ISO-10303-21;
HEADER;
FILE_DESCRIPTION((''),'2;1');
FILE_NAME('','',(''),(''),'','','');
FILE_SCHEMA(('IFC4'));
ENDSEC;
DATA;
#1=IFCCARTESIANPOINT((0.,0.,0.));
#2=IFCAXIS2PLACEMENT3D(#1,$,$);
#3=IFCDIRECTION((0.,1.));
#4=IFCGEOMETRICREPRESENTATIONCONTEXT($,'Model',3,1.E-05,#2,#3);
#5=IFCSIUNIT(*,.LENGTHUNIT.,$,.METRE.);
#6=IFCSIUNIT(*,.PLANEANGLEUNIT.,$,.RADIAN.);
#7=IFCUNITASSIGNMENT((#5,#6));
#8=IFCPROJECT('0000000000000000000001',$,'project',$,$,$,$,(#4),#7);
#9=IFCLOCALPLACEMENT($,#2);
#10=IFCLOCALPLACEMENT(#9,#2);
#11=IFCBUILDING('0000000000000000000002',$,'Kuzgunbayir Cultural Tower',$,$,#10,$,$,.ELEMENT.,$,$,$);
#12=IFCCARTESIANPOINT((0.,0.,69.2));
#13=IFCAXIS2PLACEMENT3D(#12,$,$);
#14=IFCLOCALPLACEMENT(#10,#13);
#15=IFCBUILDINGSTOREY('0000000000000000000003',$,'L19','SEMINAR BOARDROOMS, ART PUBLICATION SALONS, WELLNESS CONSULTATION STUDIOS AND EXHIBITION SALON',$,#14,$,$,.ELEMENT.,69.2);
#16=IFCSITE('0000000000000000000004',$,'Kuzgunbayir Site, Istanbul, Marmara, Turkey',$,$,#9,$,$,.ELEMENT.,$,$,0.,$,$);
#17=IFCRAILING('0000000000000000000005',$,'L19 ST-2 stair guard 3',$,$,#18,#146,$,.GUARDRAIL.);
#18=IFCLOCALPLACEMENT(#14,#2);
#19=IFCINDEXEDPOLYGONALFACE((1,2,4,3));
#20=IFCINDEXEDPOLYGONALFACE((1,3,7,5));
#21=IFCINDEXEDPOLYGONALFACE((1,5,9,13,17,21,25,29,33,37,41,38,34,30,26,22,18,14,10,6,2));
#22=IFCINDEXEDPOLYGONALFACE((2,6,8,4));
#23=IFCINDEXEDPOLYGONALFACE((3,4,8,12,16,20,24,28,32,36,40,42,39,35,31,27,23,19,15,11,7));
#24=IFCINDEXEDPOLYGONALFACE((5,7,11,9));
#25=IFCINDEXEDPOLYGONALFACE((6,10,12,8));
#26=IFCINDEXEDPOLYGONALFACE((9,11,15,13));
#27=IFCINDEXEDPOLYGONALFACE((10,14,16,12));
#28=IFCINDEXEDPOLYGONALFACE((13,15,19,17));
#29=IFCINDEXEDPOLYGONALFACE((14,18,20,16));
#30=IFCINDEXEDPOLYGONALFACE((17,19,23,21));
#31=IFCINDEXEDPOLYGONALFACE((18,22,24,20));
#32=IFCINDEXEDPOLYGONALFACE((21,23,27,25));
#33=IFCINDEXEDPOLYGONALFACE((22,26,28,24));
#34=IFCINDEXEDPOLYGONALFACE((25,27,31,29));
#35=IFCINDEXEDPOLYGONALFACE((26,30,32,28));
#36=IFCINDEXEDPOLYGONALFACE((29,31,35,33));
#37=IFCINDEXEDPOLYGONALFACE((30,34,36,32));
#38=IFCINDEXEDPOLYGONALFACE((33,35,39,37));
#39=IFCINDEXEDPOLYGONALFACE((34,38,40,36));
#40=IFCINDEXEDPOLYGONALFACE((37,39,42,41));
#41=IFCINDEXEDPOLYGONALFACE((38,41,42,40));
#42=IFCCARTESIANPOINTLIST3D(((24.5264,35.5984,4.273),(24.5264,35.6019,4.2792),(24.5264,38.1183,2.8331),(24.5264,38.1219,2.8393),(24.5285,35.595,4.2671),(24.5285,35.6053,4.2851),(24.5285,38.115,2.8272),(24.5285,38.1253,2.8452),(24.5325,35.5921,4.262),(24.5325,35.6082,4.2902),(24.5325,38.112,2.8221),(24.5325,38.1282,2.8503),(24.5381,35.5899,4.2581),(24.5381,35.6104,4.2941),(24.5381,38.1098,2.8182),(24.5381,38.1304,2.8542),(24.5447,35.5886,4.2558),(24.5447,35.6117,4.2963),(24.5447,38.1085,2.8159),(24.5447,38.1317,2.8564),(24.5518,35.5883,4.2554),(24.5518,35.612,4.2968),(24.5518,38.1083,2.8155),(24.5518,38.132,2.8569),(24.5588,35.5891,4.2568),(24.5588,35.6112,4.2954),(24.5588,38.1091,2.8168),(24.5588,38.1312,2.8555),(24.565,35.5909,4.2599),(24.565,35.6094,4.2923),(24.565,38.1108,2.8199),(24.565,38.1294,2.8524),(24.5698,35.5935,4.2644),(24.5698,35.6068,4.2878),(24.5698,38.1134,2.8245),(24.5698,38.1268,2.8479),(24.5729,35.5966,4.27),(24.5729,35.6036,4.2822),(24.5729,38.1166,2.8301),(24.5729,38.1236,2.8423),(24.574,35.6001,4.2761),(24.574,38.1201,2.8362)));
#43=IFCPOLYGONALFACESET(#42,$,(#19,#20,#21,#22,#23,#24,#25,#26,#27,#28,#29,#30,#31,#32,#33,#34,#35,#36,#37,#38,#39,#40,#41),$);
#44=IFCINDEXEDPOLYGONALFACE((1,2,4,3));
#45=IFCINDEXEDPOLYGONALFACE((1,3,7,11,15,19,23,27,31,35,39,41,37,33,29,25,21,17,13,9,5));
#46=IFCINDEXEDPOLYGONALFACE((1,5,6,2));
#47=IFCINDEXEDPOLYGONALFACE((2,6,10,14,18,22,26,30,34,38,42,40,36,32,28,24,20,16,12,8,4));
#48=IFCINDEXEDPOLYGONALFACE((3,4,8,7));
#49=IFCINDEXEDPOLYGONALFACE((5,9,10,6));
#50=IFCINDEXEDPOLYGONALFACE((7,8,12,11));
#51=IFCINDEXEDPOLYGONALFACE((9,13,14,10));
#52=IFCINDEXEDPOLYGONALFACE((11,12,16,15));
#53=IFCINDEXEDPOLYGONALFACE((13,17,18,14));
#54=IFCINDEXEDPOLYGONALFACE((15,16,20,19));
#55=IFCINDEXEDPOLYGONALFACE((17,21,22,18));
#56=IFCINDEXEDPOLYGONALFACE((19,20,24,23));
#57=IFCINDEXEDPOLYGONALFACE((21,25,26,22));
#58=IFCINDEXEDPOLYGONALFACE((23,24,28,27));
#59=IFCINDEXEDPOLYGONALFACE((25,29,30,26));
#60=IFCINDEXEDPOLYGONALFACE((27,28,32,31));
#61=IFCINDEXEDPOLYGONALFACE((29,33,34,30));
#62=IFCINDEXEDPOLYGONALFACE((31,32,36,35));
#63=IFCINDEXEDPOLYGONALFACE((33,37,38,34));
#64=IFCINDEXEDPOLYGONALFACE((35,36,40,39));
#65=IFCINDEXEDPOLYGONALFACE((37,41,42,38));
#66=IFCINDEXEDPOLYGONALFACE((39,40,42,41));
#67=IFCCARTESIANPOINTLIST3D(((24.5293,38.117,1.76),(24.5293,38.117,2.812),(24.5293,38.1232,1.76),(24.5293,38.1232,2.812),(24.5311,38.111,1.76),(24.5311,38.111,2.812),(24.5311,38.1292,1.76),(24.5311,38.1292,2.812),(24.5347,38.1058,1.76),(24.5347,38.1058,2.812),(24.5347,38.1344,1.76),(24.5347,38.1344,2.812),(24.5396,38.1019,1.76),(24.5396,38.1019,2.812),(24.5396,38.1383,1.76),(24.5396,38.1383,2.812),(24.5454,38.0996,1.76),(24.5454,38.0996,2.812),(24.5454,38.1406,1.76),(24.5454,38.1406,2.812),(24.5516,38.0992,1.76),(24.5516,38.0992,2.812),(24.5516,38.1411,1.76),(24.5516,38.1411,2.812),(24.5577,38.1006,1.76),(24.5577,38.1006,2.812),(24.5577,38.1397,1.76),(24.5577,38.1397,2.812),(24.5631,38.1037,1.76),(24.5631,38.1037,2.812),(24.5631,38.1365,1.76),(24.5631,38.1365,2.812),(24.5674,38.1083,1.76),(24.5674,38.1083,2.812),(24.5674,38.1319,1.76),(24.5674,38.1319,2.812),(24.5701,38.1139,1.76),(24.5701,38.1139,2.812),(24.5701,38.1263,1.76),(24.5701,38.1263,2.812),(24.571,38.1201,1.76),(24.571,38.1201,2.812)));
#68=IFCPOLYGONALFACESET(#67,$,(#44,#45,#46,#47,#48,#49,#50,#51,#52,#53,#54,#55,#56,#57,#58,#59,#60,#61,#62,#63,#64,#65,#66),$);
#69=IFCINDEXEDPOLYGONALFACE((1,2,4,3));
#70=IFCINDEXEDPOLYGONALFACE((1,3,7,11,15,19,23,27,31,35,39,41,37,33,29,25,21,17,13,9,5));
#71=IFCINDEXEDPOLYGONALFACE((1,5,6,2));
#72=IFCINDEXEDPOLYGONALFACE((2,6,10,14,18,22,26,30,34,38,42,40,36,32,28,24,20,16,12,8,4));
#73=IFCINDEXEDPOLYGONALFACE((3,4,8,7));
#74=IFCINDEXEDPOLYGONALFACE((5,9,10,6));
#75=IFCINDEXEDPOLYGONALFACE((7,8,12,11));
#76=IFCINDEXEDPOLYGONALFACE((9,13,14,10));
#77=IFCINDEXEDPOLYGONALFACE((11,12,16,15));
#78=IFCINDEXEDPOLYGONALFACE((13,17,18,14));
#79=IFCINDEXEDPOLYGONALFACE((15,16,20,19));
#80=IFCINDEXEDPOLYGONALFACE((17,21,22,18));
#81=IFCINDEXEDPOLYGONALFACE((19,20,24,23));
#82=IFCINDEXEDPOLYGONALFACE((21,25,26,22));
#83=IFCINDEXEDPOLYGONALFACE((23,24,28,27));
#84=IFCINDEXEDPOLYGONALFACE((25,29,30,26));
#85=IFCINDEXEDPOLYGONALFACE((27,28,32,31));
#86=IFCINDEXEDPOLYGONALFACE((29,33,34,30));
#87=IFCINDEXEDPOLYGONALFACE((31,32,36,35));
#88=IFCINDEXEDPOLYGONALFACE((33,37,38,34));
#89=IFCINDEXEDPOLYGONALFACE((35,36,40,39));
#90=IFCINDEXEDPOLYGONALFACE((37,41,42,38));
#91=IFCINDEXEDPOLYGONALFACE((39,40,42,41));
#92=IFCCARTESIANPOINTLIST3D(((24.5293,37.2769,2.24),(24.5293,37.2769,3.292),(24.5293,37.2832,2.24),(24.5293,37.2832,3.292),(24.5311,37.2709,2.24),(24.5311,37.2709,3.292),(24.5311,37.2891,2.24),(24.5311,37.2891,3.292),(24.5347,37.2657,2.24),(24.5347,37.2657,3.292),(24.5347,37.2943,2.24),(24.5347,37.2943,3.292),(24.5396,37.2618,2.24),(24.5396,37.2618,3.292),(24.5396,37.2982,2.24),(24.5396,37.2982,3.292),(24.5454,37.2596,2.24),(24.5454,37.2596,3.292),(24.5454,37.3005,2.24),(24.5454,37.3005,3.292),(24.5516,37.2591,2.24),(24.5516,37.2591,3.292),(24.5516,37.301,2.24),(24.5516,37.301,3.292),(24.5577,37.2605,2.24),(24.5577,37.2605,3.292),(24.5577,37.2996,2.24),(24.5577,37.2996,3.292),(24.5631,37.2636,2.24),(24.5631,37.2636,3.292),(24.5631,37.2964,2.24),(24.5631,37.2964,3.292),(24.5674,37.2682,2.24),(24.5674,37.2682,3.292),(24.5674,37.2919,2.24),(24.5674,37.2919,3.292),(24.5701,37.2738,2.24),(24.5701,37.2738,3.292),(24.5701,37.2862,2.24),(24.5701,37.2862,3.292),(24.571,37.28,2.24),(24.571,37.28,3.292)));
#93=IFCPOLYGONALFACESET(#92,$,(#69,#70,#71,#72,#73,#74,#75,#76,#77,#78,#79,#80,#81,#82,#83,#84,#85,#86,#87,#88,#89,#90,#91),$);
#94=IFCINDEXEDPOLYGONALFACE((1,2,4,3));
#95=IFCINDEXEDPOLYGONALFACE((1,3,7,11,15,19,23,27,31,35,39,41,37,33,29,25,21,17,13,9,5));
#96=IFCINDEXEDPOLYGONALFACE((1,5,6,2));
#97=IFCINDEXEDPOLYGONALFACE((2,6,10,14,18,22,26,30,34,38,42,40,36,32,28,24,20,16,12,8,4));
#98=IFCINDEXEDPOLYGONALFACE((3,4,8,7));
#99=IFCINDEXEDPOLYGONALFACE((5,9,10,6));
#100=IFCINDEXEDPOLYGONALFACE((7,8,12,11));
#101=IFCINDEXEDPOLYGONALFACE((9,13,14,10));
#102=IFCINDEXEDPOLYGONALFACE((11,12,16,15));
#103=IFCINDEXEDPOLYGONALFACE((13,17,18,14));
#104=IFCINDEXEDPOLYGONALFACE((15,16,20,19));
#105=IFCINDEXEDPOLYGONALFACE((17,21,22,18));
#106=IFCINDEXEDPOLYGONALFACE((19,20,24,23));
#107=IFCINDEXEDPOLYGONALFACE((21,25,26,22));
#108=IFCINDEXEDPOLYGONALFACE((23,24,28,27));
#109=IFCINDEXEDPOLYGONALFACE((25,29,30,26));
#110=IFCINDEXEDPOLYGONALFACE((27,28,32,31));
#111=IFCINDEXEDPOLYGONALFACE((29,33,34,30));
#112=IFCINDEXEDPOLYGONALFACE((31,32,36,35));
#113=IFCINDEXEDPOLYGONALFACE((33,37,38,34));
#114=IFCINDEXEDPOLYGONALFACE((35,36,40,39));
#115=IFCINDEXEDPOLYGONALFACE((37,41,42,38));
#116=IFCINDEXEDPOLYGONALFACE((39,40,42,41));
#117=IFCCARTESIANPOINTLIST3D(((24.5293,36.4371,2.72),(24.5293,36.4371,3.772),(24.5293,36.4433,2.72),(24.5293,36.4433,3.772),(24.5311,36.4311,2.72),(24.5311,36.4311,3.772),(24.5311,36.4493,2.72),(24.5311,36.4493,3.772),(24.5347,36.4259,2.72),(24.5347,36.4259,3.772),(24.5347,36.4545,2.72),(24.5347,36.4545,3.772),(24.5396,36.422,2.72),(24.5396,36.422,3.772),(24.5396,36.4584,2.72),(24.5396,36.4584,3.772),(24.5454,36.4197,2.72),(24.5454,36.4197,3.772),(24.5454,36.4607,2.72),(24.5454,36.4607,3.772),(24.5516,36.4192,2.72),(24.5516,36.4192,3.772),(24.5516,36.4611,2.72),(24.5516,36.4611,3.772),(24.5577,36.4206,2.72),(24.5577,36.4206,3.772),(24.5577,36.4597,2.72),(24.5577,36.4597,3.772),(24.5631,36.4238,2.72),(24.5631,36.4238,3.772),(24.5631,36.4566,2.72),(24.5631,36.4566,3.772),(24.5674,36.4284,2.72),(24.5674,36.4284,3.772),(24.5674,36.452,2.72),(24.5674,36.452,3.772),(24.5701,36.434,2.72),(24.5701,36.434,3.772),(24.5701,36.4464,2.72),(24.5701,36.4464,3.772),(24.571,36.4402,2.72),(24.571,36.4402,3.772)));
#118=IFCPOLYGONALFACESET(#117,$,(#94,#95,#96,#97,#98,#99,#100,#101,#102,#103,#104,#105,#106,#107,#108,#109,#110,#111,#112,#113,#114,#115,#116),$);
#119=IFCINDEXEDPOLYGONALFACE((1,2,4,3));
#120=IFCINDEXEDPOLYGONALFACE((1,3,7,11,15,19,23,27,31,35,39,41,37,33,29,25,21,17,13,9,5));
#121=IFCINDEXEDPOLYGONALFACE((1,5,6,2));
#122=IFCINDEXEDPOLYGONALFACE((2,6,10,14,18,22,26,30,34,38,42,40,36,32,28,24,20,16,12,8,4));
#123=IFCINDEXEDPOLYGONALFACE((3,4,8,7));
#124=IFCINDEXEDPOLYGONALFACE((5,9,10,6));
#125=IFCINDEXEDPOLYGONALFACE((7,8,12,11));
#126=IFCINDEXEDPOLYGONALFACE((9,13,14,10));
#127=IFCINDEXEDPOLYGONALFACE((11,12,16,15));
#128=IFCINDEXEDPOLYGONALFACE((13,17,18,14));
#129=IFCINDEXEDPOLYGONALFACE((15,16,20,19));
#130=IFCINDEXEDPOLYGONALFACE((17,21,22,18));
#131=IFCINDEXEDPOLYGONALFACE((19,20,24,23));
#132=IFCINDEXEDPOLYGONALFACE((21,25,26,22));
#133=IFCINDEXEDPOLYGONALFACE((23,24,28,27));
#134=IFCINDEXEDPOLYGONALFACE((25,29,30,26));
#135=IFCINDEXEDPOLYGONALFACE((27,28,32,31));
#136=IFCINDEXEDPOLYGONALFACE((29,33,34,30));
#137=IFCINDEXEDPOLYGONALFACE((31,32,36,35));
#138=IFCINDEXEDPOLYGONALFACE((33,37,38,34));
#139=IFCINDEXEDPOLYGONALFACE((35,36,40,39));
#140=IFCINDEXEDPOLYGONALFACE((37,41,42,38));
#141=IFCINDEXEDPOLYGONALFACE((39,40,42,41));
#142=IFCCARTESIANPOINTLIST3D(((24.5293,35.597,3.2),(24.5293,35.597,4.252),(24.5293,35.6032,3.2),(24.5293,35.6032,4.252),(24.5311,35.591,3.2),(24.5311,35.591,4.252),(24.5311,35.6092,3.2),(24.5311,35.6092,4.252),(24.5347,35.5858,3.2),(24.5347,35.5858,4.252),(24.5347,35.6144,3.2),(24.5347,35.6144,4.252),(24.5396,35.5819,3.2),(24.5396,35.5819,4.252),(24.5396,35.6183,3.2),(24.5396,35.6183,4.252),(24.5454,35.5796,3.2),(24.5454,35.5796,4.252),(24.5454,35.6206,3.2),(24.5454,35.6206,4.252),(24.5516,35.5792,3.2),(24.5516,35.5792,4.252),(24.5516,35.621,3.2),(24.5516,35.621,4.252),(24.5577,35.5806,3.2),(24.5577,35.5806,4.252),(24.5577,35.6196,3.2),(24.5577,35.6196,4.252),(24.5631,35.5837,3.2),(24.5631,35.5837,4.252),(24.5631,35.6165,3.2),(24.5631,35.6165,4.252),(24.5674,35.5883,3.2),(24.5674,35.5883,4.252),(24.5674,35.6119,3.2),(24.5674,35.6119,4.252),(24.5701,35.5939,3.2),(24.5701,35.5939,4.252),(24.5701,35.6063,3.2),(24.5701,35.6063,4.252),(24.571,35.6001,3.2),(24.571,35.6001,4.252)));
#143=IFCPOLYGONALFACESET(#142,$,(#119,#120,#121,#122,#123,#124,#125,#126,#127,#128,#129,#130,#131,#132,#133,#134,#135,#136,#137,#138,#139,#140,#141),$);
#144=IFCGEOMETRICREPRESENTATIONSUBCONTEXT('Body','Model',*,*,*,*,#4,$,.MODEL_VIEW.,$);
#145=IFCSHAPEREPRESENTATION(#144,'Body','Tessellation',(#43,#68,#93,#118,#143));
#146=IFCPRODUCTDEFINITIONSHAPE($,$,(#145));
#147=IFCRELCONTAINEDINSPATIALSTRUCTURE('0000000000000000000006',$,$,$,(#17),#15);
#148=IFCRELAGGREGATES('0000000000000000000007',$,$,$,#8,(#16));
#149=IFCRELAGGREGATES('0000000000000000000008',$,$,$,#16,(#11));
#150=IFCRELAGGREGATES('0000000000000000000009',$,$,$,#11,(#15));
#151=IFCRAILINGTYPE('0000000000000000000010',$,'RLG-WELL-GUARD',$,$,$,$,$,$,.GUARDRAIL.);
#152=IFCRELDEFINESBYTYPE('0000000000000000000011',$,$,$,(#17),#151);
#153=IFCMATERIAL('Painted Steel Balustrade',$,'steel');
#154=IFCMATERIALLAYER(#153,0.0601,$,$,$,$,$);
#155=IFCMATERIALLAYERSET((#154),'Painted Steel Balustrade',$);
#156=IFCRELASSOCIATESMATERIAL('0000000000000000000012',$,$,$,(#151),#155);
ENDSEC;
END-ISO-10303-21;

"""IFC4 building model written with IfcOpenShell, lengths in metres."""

from ifc_helpers import new_model, si_unit, direction, frame, origin, origin_2d, place, context, subcontext, project, spatial, circle, extrude, material, layer, layer_set, type_object, element, save


model = new_model("IFC4")

# Units and contexts
model_context = context("Model", 3, precision=1e-05, world=origin(), true_north=direction((0.0, 1.0)))
body_context = subcontext(model_context, "Body", "Model", "MODEL_VIEW")
ifc_project = project(units=[si_unit("LENGTHUNIT", "METRE"), si_unit("PLANEANGLEUNIT", "RADIAN")], contexts=[model_context])

# Site, building, storey
site_placement = place(None, origin())
site = spatial("IfcSite", under=ifc_project, at=site_placement, Name="Kuzgunbayir Site, Istanbul, Marmara, Turkey", CompositionType="ELEMENT", RefElevation=0.0)
building_placement = place(site_placement, origin())
building = spatial("IfcBuilding", under=site, at=building_placement, Name="Kuzgunbayir Cultural Tower", CompositionType="ELEMENT")
storey_placement = place(building_placement, frame((0.0, 0.0, 69.2)))
storey = spatial("IfcBuildingStorey", under=building, at=storey_placement, Name="L19", Description="SEMINAR BOARDROOMS, ART PUBLICATION SALONS, WELLNESS CONSULTATION STUDIOS AND EXHIBITION SALON", CompositionType="ELEMENT", Elevation=69.2)

# Railing
ifc_material_1 = material(Name="Painted Steel Balustrade", Category="steel")
ifc_layer_1 = layer(ifc_material_1, 0.0601)
ifc_layer_set_1 = layer_set([ifc_layer_1], Name="Painted Steel Balustrade")
railing_type_1 = type_object("IfcRailingType", Name="RLG-WELL-GUARD", PredefinedType="GUARDRAIL", material=ifc_layer_set_1)
railing_1_placement = place(storey_placement, frame((24.55, 38.1201, 1.76)))
element("IfcRailing", 1, at=railing_1_placement, inside=storey, type_object=railing_type_1, Name="L19 ST-2 stair guard 3", PredefinedType="GUARDRAIL", context=body_context, shape_type="SweptSolid", body=[
    extrude(circle(Radius=0.0239, at=origin_2d()), frame((0.0, 0.0, 1.0762), z_axis=(0.0, -0.868253, 0.496121), x_axis=(1.0, 0.0, 0.0)), (0.0, 0.0, 1.0), 2.9023),
    extrude(circle(Radius=0.021, at=origin_2d()), origin(), (0.0, 0.0, 1.0), 1.052),
    extrude(circle(Radius=0.021, at=origin_2d()), frame((0.0, -0.8401, 0.48)), (0.0, 0.0, 1.0), 1.052),
    extrude(circle(Radius=0.021, at=origin_2d()), frame((0.0, -1.6799, 0.96)), (0.0, 0.0, 1.0), 1.052),
    extrude(circle(Radius=0.021, at=origin_2d()), frame((0.0, -2.52, 1.4399)), (0.0, 0.0, 1.0), 1.052),
])

save(model, "model.ifc")
